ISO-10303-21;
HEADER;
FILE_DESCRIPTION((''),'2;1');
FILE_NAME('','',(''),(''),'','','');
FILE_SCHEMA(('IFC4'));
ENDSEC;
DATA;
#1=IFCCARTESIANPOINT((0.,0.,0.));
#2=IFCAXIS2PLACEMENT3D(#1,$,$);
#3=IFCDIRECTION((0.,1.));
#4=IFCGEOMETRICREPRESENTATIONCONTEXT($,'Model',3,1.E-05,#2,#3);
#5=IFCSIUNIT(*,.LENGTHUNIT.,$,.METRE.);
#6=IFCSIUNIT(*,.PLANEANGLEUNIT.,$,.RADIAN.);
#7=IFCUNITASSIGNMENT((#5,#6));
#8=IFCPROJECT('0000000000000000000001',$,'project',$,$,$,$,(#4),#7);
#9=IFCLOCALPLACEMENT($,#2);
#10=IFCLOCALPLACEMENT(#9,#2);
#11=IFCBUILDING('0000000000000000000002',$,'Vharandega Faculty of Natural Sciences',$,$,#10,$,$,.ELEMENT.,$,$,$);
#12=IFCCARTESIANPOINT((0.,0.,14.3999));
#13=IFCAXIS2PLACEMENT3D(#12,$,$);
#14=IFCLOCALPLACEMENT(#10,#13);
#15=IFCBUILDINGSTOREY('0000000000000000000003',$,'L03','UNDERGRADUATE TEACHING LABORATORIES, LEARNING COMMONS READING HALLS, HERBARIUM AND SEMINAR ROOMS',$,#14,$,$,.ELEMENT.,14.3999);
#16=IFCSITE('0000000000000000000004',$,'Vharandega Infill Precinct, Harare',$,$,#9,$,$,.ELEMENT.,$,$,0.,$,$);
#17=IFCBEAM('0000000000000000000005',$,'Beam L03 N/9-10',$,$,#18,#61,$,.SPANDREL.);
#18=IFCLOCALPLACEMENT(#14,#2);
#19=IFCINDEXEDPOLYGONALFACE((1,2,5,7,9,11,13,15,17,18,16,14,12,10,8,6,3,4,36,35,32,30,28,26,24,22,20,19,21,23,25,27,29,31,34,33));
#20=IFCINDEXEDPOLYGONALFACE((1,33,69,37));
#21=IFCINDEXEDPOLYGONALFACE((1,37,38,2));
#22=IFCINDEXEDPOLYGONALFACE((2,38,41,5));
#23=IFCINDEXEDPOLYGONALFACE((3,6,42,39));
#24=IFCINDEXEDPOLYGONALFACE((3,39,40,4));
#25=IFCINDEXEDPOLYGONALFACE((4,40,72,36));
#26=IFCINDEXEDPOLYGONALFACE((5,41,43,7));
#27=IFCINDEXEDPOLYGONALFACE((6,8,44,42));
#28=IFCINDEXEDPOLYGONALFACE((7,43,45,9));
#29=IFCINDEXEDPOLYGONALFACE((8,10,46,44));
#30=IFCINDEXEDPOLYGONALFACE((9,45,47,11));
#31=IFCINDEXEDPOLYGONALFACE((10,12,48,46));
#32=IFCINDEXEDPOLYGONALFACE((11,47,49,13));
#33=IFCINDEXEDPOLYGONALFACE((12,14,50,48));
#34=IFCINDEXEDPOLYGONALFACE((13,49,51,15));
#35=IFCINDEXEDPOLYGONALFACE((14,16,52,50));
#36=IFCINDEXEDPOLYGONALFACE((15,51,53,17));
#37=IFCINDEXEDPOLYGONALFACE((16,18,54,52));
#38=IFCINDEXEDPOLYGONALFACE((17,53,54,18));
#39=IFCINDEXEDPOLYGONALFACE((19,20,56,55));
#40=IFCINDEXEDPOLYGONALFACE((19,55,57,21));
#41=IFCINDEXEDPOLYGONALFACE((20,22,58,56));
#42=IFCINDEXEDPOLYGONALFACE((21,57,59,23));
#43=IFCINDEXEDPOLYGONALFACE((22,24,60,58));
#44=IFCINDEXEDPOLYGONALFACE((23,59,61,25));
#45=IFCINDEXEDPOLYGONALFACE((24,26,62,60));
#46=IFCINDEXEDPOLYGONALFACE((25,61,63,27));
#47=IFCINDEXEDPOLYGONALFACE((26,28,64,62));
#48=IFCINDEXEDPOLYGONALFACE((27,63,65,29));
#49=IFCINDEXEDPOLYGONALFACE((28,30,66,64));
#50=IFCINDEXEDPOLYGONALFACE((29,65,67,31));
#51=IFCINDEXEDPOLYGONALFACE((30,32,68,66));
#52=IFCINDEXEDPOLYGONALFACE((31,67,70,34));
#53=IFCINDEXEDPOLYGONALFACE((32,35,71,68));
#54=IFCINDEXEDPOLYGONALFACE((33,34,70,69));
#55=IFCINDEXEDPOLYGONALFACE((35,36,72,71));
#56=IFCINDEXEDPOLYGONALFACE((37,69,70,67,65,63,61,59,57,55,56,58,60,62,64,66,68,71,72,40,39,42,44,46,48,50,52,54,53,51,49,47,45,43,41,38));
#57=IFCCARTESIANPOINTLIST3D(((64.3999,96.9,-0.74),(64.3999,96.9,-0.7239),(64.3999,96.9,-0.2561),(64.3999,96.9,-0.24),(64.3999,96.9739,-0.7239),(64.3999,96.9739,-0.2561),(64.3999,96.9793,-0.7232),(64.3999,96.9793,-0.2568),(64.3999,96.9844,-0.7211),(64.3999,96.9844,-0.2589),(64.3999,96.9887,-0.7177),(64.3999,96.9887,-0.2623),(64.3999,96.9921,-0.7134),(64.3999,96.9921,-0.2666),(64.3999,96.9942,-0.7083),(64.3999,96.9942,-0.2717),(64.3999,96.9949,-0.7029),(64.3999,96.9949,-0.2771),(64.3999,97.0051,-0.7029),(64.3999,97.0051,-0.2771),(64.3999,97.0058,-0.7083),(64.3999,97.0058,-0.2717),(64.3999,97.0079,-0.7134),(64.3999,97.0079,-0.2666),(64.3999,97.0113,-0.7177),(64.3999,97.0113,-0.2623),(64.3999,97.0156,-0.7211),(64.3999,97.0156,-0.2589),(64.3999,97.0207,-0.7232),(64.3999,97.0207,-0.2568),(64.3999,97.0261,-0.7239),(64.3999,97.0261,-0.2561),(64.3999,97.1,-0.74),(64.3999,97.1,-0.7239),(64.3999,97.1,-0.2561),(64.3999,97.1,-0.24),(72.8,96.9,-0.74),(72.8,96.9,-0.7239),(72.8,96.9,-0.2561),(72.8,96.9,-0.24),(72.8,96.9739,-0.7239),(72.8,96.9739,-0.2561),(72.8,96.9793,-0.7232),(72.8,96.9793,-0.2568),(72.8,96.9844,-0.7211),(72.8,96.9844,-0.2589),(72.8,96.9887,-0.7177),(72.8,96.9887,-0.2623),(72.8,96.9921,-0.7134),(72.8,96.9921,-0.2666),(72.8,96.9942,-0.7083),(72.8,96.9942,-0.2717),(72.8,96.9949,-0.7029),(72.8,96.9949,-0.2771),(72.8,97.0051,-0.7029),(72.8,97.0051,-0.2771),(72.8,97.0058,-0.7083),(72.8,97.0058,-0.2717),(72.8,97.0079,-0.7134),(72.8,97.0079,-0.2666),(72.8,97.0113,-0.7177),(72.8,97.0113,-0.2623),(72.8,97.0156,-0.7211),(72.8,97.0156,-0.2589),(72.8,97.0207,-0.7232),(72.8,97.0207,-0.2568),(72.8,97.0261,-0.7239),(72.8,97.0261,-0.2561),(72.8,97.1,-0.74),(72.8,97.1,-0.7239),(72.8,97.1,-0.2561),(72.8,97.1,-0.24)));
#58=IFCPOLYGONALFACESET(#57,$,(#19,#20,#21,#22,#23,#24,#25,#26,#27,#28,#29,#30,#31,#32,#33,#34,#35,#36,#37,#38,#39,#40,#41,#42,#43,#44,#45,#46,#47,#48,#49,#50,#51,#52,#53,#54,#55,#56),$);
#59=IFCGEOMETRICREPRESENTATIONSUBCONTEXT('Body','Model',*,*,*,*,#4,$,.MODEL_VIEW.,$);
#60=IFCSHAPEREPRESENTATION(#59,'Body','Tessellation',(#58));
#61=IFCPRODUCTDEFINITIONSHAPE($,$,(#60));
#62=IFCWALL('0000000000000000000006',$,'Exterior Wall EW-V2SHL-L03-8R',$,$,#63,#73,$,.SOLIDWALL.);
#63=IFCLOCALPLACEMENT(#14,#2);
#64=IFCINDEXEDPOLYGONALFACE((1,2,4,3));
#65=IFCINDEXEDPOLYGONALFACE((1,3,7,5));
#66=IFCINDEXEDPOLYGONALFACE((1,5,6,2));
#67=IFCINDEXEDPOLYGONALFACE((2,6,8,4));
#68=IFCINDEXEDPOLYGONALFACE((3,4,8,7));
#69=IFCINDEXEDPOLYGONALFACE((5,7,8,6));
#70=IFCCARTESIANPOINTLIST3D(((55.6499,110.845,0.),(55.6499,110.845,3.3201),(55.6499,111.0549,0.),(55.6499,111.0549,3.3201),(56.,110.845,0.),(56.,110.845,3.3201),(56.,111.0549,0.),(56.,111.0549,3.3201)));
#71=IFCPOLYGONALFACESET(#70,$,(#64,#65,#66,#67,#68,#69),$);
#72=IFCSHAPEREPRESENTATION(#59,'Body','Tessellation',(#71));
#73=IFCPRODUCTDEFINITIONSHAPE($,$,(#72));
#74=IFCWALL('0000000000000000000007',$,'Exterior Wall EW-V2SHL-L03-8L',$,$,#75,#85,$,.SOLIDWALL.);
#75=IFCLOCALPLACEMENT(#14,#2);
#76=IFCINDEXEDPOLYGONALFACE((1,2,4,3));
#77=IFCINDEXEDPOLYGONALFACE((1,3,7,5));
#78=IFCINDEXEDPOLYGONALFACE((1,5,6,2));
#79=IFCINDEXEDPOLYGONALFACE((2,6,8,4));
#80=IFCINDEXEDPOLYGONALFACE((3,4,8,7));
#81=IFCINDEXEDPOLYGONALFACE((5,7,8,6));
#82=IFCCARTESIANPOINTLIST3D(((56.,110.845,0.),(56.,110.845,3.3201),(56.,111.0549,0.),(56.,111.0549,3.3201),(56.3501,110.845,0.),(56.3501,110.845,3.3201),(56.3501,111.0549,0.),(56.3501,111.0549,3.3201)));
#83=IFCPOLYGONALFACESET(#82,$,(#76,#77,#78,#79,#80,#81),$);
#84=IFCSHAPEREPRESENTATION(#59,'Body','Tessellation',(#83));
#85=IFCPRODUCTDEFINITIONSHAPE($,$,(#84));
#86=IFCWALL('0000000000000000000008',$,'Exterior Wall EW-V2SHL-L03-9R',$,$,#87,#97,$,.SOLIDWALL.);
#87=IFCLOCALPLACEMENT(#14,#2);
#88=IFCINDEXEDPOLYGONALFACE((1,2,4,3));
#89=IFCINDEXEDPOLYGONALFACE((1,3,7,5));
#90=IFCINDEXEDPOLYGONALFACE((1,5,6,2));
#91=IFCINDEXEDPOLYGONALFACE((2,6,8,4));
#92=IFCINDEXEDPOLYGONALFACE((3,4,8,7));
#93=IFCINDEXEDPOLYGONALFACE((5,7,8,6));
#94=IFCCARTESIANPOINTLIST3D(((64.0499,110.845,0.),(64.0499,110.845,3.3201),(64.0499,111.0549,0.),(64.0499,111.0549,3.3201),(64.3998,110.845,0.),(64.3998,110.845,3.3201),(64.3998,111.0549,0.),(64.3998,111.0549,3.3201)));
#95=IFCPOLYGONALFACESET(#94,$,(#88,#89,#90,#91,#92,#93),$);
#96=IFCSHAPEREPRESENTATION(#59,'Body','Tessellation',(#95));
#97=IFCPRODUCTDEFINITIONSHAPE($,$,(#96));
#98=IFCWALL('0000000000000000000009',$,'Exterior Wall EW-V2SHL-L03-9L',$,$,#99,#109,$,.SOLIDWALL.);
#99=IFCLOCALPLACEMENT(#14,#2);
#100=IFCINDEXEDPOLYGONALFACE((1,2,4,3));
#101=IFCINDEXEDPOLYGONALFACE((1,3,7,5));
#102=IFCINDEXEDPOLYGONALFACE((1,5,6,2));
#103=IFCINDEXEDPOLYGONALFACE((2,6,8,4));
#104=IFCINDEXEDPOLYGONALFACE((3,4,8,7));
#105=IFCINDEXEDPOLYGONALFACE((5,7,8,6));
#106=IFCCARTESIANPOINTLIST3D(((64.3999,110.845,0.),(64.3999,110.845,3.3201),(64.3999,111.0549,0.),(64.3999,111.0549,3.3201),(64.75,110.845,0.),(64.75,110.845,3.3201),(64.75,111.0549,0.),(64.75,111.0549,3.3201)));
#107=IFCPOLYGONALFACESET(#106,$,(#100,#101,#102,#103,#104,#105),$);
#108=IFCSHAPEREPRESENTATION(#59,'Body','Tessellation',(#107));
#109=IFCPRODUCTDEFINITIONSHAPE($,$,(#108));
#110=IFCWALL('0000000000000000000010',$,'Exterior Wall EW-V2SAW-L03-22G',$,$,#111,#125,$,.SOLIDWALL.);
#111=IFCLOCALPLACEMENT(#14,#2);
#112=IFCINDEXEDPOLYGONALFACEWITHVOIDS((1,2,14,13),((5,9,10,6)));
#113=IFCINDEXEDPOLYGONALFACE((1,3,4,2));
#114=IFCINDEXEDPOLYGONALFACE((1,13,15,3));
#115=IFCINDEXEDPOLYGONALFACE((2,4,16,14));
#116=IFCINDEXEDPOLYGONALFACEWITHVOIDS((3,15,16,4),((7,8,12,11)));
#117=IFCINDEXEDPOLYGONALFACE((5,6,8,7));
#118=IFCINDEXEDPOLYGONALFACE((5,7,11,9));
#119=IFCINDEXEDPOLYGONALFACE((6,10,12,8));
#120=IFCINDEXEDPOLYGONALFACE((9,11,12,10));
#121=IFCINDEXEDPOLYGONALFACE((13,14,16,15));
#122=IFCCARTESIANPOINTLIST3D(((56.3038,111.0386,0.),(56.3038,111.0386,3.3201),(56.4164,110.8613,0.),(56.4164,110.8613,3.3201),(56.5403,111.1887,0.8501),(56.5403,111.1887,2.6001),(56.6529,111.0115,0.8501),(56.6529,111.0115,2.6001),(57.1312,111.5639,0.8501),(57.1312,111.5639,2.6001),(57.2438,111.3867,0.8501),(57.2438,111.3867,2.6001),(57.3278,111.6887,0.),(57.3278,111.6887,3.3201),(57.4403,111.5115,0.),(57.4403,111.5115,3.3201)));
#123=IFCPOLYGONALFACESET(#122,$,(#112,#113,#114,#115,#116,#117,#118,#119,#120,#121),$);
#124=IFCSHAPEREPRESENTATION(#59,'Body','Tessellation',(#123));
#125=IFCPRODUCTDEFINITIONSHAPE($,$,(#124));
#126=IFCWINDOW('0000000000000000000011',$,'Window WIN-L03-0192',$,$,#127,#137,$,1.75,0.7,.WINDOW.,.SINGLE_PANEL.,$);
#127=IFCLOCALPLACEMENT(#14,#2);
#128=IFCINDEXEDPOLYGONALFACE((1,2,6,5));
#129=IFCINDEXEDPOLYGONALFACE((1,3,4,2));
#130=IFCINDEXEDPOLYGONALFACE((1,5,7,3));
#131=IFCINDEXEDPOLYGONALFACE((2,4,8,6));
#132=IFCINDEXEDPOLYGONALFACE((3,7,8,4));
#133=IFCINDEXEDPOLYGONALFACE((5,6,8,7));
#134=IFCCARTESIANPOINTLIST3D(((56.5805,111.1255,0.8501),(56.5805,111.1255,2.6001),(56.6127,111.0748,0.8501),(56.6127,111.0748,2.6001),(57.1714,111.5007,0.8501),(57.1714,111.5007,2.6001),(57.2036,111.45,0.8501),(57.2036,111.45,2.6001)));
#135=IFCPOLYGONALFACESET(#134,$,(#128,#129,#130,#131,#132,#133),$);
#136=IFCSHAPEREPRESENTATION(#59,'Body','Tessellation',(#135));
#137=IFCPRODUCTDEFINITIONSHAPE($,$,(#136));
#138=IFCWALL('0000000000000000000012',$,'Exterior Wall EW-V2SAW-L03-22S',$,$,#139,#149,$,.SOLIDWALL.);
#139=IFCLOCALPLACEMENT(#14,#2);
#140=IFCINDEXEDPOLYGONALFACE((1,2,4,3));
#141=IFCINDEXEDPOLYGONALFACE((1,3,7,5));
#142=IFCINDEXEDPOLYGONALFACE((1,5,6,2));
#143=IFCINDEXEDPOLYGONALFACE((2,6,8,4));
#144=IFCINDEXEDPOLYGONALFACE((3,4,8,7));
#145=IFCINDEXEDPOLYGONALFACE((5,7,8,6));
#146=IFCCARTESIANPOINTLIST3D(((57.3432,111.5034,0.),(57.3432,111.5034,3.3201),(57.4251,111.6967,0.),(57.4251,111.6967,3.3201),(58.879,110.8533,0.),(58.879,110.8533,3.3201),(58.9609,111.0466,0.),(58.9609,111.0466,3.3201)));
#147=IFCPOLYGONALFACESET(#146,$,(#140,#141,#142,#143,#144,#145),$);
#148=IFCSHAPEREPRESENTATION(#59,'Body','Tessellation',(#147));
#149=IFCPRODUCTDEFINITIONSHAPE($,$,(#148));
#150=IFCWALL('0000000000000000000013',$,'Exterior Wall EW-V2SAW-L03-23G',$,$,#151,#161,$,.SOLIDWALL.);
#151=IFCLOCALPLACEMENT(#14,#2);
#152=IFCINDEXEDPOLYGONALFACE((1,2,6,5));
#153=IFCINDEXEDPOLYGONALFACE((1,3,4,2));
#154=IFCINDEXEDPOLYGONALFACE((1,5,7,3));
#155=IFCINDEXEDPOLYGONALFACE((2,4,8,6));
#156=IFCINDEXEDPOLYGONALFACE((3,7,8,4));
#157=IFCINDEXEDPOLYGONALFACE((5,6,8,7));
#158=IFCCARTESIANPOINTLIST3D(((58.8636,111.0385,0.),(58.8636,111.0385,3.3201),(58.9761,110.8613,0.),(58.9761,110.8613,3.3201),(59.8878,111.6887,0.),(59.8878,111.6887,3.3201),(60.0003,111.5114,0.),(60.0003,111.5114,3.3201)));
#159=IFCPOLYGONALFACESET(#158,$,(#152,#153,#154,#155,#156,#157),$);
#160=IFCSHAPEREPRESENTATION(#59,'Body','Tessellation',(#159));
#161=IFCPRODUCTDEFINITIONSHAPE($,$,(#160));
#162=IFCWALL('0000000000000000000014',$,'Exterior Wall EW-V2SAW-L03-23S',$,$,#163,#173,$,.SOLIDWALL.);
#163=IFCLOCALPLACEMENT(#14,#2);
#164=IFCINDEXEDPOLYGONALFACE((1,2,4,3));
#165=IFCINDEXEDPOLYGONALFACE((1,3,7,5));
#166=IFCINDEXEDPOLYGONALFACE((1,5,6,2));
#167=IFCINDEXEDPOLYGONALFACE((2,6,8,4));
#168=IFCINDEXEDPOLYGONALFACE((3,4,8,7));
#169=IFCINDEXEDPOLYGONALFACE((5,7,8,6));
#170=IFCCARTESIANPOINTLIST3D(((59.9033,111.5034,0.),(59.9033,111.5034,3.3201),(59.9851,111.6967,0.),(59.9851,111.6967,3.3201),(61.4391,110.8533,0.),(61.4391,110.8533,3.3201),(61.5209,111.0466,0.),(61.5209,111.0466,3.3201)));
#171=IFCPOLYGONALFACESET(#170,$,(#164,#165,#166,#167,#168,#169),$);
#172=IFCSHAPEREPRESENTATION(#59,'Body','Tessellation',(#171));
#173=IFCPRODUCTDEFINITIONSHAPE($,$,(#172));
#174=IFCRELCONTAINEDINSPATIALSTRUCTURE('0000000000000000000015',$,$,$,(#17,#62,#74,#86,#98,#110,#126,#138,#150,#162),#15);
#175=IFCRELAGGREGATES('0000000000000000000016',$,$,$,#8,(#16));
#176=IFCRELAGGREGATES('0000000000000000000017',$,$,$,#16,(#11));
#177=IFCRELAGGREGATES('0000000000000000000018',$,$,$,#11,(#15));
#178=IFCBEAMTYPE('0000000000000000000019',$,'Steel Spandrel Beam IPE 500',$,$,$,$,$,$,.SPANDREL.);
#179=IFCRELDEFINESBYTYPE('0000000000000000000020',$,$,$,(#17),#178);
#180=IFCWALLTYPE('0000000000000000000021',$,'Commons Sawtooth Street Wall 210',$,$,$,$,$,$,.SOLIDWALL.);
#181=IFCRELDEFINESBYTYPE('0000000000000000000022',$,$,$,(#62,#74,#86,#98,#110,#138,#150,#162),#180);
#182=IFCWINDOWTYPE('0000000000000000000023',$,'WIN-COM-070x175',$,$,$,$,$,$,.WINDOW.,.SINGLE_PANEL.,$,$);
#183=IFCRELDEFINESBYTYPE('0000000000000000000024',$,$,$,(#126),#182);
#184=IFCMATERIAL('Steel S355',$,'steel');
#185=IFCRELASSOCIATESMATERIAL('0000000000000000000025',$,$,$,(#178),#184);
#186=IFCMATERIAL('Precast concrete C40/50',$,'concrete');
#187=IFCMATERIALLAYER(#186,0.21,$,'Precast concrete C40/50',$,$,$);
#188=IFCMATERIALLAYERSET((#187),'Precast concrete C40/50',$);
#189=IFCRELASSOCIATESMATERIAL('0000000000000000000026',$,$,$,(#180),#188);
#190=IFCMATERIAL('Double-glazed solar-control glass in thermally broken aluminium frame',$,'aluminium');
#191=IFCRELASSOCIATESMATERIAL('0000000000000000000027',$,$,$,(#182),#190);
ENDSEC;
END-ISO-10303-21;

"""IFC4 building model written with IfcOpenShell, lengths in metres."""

from ifc_helpers import new_model, si_unit, direction, frame, frame_2d, origin, origin_2d, place, context, subcontext, project, spatial, rectangle, i_section, extrude, material, layer, layer_set, material_profile, profile_set, type_object, element, fill, save


model = new_model("IFC4")

# Units and contexts
model_context = context("Model", 3, precision=1e-05, world=origin(), true_north=direction((0.0, 1.0)))
body_context = subcontext(model_context, "Body", "Model", "MODEL_VIEW")
ifc_project = project(units=[si_unit("LENGTHUNIT", "METRE"), si_unit("PLANEANGLEUNIT", "RADIAN")], contexts=[model_context])

# Site, building, storey
site_placement = place(None, origin())
site = spatial("IfcSite", under=ifc_project, at=site_placement, Name="Vharandega Infill Precinct, Harare", CompositionType="ELEMENT", RefElevation=0.0)
building_placement = place(site_placement, origin())
building = spatial("IfcBuilding", under=site, at=building_placement, Name="Vharandega Faculty of Natural Sciences", CompositionType="ELEMENT")
storey_placement = place(building_placement, frame((0.0, 0.0, 14.3999)))
storey = spatial("IfcBuildingStorey", under=building, at=storey_placement, Name="L03", Description="UNDERGRADUATE TEACHING LABORATORIES, LEARNING COMMONS READING HALLS, HERBARIUM AND SEMINAR ROOMS", CompositionType="ELEMENT", Elevation=14.3999)

# Beam
ifc_material_1 = material(Name="Steel S355", Category="steel")
ifc_material_profile_1 = material_profile(ifc_material_1, i_section(OverallWidth=0.2, OverallDepth=0.5, WebThickness=0.0103, FlangeThickness=0.0161, FilletRadius=0.021, at=origin_2d()), Name="IPE 500")
ifc_profile_set_1 = profile_set([ifc_material_profile_1], Name="Steel S355")
beam_type_1 = type_object("IfcBeamType", Name="Steel Spandrel Beam IPE 500", PredefinedType="SPANDREL", material=ifc_profile_set_1)
beam_1_placement = place(storey_placement, frame((64.3999, 97.0, -0.49), z_axis=(1.0, 0.0, 0.0), x_axis=(0.0, 1.0, 0.0)))
element("IfcBeam", 1, at=beam_1_placement, inside=storey, type_object=beam_type_1, Name="Beam L03 N/9-10", PredefinedType="SPANDREL", context=body_context, shape_type="SweptSolid", body=[
    extrude(i_section(OverallWidth=0.2, OverallDepth=0.5, WebThickness=0.0103, FlangeThickness=0.0161, FilletRadius=0.021, at=origin_2d()), origin(), (0.0, 0.0, 1.0), 8.4001),
])

# Walls
ifc_material_2 = material(Name="Precast concrete C40/50", Category="concrete")
ifc_layer = layer(ifc_material_2, 0.21, Name="Precast concrete C40/50")
ifc_layer_set = layer_set([ifc_layer], Name="Precast concrete C40/50")
wall_type = type_object("IfcWallType", Name="Commons Sawtooth Street Wall 210", PredefinedType="SOLIDWALL", material=ifc_layer_set)
for number, where, z_axis, x_axis, name in (
    (2, (55.6499, 110.95, 0.0), (0.0, 0.0, 1.0), (1.0, 0.0, 0.0), "Exterior Wall EW-V2SHL-L03-8R"),
    (3, (56.0, 110.95, 0.0), (0.0, 0.0, 1.0), (1.0, 0.0, 0.0), "Exterior Wall EW-V2SHL-L03-8L"),
):
    element("IfcWall", number, at=place(storey_placement, frame(where, z_axis=z_axis, x_axis=x_axis)), inside=storey, type_object=wall_type, Name=name, PredefinedType="SOLIDWALL", context=body_context, shape_type="SweptSolid", body=[
        extrude(rectangle(XDim=0.3501, YDim=0.21, at=frame_2d((0.175, 0.0))), origin(), (0.0, 0.0, 1.0), 3.3201),
    ])
wall_1_placement = place(storey_placement, frame((64.05, 110.95, 0.0), z_axis=(0.0, 0.0, 1.0), x_axis=(1.0, 0.0, 0.0)))
element("IfcWall", 4, at=wall_1_placement, inside=storey, type_object=wall_type, Name="Exterior Wall EW-V2SHL-L03-9R", PredefinedType="SOLIDWALL", context=body_context, shape_type="SweptSolid", body=[
    extrude(rectangle(XDim=0.3499, YDim=0.21, at=frame_2d((0.1748, 0.0))), origin(), (0.0, 0.0, 1.0), 3.3201),
])
wall_2_placement = place(storey_placement, frame((64.3999, 110.95, 0.0), z_axis=(0.0, 0.0, 1.0), x_axis=(1.0, 0.0, 0.0)))
element("IfcWall", 5, at=wall_2_placement, inside=storey, type_object=wall_type, Name="Exterior Wall EW-V2SHL-L03-9L", PredefinedType="SOLIDWALL", context=body_context, shape_type="SweptSolid", body=[
    extrude(rectangle(XDim=0.3501, YDim=0.21, at=frame_2d((0.175, 0.0))), origin(), (0.0, 0.0, 1.0), 3.3201),
])

# Wall, opening, window
wall_3_placement = place(storey_placement, frame((56.3601, 110.95, 0.0), z_axis=(0.0, 0.0, 1.0), x_axis=(0.8442, 0.536029, 0.0)))
wall_3 = element("IfcWall", 6, at=wall_3_placement, inside=storey, type_object=wall_type, Name="Exterior Wall EW-V2SAW-L03-22G", PredefinedType="SOLIDWALL", context=body_context, shape_type="SweptSolid", body=[
    extrude(rectangle(XDim=1.2129, YDim=0.21, at=frame_2d((0.6064, 0.0))), origin(), (0.0, 0.0, 1.0), 3.3201),
])
opening_1_placement = place(wall_3_placement, frame((0.28, 0.0, 0.8501)))
opening_1 = element("IfcOpeningElement", 7, at=opening_1_placement, cuts=wall_3, PredefinedType="OPENING", context=body_context, shape_type="SweptSolid", body=[
    extrude(rectangle(XDim=0.7, YDim=1.75, at=frame_2d((0.3501, 0.875))), frame((0.0, 0.115, 0.0), z_axis=(0.0, -1.0, 0.0), x_axis=(1.0, 0.0, 0.0)), (0.0, 0.0, 1.0), 0.23),
])
ifc_material_3 = material(Name="Double-glazed solar-control glass in thermally broken aluminium frame", Category="aluminium")
window_type_1 = type_object("IfcWindowType", Name="WIN-COM-070x175", PartitioningType="SINGLE_PANEL", PredefinedType="WINDOW", material=ifc_material_3)
window_1_placement = place(opening_1_placement, origin())
window_1 = element("IfcWindow", 8, at=window_1_placement, inside=storey, type_object=window_type_1, Name="Window WIN-L03-0192", OverallHeight=1.75, OverallWidth=0.7, PartitioningType="SINGLE_PANEL", PredefinedType="WINDOW", context=body_context, shape_type="SweptSolid", body=[
    extrude(rectangle(XDim=0.7, YDim=1.75, at=frame_2d((0.3501, 0.875))), frame((0.0, 0.03, 0.0), z_axis=(0.0, -1.0, 0.0), x_axis=(1.0, 0.0, 0.0)), (0.0, 0.0, 1.0), 0.0601),
])
fill(opening_1, window_1)

# Walls
wall_4_placement = place(storey_placement, frame((57.384, 111.6001, 0.0), z_axis=(0.0, 0.0, 1.0), x_axis=(0.920892, -0.389817, 0.0)))
element("IfcWall", 9, at=wall_4_placement, inside=storey, type_object=wall_type, Name="Exterior Wall EW-V2SAW-L03-22S", PredefinedType="SOLIDWALL", context=body_context, shape_type="SweptSolid", body=[
    extrude(rectangle(XDim=1.6677, YDim=0.21, at=frame_2d((0.834, 0.0))), origin(), (0.0, 0.0, 1.0), 3.3201),
])
wall_5_placement = place(storey_placement, frame((58.9199, 110.95, 0.0), z_axis=(0.0, 0.0, 1.0), x_axis=(0.844258, 0.535938, 0.0)))
element("IfcWall", 10, at=wall_5_placement, inside=storey, type_object=wall_type, Name="Exterior Wall EW-V2SAW-L03-23G", PredefinedType="SOLIDWALL", context=body_context, shape_type="SweptSolid", body=[
    extrude(rectangle(XDim=1.2131, YDim=0.21, at=frame_2d((0.6064, 0.0))), origin(), (0.0, 0.0, 1.0), 3.3201),
])
wall_6_placement = place(storey_placement, frame((59.9441, 111.6001, 0.0), z_axis=(0.0, 0.0, 1.0), x_axis=(0.920892, -0.389817, 0.0)))
element("IfcWall", 11, at=wall_6_placement, inside=storey, type_object=wall_type, Name="Exterior Wall EW-V2SAW-L03-23S", PredefinedType="SOLIDWALL", context=body_context, shape_type="SweptSolid", body=[
    extrude(rectangle(XDim=1.6677, YDim=0.21, at=frame_2d((0.834, 0.0))), origin(), (0.0, 0.0, 1.0), 3.3201),
])

save(model, "model.ifc")
